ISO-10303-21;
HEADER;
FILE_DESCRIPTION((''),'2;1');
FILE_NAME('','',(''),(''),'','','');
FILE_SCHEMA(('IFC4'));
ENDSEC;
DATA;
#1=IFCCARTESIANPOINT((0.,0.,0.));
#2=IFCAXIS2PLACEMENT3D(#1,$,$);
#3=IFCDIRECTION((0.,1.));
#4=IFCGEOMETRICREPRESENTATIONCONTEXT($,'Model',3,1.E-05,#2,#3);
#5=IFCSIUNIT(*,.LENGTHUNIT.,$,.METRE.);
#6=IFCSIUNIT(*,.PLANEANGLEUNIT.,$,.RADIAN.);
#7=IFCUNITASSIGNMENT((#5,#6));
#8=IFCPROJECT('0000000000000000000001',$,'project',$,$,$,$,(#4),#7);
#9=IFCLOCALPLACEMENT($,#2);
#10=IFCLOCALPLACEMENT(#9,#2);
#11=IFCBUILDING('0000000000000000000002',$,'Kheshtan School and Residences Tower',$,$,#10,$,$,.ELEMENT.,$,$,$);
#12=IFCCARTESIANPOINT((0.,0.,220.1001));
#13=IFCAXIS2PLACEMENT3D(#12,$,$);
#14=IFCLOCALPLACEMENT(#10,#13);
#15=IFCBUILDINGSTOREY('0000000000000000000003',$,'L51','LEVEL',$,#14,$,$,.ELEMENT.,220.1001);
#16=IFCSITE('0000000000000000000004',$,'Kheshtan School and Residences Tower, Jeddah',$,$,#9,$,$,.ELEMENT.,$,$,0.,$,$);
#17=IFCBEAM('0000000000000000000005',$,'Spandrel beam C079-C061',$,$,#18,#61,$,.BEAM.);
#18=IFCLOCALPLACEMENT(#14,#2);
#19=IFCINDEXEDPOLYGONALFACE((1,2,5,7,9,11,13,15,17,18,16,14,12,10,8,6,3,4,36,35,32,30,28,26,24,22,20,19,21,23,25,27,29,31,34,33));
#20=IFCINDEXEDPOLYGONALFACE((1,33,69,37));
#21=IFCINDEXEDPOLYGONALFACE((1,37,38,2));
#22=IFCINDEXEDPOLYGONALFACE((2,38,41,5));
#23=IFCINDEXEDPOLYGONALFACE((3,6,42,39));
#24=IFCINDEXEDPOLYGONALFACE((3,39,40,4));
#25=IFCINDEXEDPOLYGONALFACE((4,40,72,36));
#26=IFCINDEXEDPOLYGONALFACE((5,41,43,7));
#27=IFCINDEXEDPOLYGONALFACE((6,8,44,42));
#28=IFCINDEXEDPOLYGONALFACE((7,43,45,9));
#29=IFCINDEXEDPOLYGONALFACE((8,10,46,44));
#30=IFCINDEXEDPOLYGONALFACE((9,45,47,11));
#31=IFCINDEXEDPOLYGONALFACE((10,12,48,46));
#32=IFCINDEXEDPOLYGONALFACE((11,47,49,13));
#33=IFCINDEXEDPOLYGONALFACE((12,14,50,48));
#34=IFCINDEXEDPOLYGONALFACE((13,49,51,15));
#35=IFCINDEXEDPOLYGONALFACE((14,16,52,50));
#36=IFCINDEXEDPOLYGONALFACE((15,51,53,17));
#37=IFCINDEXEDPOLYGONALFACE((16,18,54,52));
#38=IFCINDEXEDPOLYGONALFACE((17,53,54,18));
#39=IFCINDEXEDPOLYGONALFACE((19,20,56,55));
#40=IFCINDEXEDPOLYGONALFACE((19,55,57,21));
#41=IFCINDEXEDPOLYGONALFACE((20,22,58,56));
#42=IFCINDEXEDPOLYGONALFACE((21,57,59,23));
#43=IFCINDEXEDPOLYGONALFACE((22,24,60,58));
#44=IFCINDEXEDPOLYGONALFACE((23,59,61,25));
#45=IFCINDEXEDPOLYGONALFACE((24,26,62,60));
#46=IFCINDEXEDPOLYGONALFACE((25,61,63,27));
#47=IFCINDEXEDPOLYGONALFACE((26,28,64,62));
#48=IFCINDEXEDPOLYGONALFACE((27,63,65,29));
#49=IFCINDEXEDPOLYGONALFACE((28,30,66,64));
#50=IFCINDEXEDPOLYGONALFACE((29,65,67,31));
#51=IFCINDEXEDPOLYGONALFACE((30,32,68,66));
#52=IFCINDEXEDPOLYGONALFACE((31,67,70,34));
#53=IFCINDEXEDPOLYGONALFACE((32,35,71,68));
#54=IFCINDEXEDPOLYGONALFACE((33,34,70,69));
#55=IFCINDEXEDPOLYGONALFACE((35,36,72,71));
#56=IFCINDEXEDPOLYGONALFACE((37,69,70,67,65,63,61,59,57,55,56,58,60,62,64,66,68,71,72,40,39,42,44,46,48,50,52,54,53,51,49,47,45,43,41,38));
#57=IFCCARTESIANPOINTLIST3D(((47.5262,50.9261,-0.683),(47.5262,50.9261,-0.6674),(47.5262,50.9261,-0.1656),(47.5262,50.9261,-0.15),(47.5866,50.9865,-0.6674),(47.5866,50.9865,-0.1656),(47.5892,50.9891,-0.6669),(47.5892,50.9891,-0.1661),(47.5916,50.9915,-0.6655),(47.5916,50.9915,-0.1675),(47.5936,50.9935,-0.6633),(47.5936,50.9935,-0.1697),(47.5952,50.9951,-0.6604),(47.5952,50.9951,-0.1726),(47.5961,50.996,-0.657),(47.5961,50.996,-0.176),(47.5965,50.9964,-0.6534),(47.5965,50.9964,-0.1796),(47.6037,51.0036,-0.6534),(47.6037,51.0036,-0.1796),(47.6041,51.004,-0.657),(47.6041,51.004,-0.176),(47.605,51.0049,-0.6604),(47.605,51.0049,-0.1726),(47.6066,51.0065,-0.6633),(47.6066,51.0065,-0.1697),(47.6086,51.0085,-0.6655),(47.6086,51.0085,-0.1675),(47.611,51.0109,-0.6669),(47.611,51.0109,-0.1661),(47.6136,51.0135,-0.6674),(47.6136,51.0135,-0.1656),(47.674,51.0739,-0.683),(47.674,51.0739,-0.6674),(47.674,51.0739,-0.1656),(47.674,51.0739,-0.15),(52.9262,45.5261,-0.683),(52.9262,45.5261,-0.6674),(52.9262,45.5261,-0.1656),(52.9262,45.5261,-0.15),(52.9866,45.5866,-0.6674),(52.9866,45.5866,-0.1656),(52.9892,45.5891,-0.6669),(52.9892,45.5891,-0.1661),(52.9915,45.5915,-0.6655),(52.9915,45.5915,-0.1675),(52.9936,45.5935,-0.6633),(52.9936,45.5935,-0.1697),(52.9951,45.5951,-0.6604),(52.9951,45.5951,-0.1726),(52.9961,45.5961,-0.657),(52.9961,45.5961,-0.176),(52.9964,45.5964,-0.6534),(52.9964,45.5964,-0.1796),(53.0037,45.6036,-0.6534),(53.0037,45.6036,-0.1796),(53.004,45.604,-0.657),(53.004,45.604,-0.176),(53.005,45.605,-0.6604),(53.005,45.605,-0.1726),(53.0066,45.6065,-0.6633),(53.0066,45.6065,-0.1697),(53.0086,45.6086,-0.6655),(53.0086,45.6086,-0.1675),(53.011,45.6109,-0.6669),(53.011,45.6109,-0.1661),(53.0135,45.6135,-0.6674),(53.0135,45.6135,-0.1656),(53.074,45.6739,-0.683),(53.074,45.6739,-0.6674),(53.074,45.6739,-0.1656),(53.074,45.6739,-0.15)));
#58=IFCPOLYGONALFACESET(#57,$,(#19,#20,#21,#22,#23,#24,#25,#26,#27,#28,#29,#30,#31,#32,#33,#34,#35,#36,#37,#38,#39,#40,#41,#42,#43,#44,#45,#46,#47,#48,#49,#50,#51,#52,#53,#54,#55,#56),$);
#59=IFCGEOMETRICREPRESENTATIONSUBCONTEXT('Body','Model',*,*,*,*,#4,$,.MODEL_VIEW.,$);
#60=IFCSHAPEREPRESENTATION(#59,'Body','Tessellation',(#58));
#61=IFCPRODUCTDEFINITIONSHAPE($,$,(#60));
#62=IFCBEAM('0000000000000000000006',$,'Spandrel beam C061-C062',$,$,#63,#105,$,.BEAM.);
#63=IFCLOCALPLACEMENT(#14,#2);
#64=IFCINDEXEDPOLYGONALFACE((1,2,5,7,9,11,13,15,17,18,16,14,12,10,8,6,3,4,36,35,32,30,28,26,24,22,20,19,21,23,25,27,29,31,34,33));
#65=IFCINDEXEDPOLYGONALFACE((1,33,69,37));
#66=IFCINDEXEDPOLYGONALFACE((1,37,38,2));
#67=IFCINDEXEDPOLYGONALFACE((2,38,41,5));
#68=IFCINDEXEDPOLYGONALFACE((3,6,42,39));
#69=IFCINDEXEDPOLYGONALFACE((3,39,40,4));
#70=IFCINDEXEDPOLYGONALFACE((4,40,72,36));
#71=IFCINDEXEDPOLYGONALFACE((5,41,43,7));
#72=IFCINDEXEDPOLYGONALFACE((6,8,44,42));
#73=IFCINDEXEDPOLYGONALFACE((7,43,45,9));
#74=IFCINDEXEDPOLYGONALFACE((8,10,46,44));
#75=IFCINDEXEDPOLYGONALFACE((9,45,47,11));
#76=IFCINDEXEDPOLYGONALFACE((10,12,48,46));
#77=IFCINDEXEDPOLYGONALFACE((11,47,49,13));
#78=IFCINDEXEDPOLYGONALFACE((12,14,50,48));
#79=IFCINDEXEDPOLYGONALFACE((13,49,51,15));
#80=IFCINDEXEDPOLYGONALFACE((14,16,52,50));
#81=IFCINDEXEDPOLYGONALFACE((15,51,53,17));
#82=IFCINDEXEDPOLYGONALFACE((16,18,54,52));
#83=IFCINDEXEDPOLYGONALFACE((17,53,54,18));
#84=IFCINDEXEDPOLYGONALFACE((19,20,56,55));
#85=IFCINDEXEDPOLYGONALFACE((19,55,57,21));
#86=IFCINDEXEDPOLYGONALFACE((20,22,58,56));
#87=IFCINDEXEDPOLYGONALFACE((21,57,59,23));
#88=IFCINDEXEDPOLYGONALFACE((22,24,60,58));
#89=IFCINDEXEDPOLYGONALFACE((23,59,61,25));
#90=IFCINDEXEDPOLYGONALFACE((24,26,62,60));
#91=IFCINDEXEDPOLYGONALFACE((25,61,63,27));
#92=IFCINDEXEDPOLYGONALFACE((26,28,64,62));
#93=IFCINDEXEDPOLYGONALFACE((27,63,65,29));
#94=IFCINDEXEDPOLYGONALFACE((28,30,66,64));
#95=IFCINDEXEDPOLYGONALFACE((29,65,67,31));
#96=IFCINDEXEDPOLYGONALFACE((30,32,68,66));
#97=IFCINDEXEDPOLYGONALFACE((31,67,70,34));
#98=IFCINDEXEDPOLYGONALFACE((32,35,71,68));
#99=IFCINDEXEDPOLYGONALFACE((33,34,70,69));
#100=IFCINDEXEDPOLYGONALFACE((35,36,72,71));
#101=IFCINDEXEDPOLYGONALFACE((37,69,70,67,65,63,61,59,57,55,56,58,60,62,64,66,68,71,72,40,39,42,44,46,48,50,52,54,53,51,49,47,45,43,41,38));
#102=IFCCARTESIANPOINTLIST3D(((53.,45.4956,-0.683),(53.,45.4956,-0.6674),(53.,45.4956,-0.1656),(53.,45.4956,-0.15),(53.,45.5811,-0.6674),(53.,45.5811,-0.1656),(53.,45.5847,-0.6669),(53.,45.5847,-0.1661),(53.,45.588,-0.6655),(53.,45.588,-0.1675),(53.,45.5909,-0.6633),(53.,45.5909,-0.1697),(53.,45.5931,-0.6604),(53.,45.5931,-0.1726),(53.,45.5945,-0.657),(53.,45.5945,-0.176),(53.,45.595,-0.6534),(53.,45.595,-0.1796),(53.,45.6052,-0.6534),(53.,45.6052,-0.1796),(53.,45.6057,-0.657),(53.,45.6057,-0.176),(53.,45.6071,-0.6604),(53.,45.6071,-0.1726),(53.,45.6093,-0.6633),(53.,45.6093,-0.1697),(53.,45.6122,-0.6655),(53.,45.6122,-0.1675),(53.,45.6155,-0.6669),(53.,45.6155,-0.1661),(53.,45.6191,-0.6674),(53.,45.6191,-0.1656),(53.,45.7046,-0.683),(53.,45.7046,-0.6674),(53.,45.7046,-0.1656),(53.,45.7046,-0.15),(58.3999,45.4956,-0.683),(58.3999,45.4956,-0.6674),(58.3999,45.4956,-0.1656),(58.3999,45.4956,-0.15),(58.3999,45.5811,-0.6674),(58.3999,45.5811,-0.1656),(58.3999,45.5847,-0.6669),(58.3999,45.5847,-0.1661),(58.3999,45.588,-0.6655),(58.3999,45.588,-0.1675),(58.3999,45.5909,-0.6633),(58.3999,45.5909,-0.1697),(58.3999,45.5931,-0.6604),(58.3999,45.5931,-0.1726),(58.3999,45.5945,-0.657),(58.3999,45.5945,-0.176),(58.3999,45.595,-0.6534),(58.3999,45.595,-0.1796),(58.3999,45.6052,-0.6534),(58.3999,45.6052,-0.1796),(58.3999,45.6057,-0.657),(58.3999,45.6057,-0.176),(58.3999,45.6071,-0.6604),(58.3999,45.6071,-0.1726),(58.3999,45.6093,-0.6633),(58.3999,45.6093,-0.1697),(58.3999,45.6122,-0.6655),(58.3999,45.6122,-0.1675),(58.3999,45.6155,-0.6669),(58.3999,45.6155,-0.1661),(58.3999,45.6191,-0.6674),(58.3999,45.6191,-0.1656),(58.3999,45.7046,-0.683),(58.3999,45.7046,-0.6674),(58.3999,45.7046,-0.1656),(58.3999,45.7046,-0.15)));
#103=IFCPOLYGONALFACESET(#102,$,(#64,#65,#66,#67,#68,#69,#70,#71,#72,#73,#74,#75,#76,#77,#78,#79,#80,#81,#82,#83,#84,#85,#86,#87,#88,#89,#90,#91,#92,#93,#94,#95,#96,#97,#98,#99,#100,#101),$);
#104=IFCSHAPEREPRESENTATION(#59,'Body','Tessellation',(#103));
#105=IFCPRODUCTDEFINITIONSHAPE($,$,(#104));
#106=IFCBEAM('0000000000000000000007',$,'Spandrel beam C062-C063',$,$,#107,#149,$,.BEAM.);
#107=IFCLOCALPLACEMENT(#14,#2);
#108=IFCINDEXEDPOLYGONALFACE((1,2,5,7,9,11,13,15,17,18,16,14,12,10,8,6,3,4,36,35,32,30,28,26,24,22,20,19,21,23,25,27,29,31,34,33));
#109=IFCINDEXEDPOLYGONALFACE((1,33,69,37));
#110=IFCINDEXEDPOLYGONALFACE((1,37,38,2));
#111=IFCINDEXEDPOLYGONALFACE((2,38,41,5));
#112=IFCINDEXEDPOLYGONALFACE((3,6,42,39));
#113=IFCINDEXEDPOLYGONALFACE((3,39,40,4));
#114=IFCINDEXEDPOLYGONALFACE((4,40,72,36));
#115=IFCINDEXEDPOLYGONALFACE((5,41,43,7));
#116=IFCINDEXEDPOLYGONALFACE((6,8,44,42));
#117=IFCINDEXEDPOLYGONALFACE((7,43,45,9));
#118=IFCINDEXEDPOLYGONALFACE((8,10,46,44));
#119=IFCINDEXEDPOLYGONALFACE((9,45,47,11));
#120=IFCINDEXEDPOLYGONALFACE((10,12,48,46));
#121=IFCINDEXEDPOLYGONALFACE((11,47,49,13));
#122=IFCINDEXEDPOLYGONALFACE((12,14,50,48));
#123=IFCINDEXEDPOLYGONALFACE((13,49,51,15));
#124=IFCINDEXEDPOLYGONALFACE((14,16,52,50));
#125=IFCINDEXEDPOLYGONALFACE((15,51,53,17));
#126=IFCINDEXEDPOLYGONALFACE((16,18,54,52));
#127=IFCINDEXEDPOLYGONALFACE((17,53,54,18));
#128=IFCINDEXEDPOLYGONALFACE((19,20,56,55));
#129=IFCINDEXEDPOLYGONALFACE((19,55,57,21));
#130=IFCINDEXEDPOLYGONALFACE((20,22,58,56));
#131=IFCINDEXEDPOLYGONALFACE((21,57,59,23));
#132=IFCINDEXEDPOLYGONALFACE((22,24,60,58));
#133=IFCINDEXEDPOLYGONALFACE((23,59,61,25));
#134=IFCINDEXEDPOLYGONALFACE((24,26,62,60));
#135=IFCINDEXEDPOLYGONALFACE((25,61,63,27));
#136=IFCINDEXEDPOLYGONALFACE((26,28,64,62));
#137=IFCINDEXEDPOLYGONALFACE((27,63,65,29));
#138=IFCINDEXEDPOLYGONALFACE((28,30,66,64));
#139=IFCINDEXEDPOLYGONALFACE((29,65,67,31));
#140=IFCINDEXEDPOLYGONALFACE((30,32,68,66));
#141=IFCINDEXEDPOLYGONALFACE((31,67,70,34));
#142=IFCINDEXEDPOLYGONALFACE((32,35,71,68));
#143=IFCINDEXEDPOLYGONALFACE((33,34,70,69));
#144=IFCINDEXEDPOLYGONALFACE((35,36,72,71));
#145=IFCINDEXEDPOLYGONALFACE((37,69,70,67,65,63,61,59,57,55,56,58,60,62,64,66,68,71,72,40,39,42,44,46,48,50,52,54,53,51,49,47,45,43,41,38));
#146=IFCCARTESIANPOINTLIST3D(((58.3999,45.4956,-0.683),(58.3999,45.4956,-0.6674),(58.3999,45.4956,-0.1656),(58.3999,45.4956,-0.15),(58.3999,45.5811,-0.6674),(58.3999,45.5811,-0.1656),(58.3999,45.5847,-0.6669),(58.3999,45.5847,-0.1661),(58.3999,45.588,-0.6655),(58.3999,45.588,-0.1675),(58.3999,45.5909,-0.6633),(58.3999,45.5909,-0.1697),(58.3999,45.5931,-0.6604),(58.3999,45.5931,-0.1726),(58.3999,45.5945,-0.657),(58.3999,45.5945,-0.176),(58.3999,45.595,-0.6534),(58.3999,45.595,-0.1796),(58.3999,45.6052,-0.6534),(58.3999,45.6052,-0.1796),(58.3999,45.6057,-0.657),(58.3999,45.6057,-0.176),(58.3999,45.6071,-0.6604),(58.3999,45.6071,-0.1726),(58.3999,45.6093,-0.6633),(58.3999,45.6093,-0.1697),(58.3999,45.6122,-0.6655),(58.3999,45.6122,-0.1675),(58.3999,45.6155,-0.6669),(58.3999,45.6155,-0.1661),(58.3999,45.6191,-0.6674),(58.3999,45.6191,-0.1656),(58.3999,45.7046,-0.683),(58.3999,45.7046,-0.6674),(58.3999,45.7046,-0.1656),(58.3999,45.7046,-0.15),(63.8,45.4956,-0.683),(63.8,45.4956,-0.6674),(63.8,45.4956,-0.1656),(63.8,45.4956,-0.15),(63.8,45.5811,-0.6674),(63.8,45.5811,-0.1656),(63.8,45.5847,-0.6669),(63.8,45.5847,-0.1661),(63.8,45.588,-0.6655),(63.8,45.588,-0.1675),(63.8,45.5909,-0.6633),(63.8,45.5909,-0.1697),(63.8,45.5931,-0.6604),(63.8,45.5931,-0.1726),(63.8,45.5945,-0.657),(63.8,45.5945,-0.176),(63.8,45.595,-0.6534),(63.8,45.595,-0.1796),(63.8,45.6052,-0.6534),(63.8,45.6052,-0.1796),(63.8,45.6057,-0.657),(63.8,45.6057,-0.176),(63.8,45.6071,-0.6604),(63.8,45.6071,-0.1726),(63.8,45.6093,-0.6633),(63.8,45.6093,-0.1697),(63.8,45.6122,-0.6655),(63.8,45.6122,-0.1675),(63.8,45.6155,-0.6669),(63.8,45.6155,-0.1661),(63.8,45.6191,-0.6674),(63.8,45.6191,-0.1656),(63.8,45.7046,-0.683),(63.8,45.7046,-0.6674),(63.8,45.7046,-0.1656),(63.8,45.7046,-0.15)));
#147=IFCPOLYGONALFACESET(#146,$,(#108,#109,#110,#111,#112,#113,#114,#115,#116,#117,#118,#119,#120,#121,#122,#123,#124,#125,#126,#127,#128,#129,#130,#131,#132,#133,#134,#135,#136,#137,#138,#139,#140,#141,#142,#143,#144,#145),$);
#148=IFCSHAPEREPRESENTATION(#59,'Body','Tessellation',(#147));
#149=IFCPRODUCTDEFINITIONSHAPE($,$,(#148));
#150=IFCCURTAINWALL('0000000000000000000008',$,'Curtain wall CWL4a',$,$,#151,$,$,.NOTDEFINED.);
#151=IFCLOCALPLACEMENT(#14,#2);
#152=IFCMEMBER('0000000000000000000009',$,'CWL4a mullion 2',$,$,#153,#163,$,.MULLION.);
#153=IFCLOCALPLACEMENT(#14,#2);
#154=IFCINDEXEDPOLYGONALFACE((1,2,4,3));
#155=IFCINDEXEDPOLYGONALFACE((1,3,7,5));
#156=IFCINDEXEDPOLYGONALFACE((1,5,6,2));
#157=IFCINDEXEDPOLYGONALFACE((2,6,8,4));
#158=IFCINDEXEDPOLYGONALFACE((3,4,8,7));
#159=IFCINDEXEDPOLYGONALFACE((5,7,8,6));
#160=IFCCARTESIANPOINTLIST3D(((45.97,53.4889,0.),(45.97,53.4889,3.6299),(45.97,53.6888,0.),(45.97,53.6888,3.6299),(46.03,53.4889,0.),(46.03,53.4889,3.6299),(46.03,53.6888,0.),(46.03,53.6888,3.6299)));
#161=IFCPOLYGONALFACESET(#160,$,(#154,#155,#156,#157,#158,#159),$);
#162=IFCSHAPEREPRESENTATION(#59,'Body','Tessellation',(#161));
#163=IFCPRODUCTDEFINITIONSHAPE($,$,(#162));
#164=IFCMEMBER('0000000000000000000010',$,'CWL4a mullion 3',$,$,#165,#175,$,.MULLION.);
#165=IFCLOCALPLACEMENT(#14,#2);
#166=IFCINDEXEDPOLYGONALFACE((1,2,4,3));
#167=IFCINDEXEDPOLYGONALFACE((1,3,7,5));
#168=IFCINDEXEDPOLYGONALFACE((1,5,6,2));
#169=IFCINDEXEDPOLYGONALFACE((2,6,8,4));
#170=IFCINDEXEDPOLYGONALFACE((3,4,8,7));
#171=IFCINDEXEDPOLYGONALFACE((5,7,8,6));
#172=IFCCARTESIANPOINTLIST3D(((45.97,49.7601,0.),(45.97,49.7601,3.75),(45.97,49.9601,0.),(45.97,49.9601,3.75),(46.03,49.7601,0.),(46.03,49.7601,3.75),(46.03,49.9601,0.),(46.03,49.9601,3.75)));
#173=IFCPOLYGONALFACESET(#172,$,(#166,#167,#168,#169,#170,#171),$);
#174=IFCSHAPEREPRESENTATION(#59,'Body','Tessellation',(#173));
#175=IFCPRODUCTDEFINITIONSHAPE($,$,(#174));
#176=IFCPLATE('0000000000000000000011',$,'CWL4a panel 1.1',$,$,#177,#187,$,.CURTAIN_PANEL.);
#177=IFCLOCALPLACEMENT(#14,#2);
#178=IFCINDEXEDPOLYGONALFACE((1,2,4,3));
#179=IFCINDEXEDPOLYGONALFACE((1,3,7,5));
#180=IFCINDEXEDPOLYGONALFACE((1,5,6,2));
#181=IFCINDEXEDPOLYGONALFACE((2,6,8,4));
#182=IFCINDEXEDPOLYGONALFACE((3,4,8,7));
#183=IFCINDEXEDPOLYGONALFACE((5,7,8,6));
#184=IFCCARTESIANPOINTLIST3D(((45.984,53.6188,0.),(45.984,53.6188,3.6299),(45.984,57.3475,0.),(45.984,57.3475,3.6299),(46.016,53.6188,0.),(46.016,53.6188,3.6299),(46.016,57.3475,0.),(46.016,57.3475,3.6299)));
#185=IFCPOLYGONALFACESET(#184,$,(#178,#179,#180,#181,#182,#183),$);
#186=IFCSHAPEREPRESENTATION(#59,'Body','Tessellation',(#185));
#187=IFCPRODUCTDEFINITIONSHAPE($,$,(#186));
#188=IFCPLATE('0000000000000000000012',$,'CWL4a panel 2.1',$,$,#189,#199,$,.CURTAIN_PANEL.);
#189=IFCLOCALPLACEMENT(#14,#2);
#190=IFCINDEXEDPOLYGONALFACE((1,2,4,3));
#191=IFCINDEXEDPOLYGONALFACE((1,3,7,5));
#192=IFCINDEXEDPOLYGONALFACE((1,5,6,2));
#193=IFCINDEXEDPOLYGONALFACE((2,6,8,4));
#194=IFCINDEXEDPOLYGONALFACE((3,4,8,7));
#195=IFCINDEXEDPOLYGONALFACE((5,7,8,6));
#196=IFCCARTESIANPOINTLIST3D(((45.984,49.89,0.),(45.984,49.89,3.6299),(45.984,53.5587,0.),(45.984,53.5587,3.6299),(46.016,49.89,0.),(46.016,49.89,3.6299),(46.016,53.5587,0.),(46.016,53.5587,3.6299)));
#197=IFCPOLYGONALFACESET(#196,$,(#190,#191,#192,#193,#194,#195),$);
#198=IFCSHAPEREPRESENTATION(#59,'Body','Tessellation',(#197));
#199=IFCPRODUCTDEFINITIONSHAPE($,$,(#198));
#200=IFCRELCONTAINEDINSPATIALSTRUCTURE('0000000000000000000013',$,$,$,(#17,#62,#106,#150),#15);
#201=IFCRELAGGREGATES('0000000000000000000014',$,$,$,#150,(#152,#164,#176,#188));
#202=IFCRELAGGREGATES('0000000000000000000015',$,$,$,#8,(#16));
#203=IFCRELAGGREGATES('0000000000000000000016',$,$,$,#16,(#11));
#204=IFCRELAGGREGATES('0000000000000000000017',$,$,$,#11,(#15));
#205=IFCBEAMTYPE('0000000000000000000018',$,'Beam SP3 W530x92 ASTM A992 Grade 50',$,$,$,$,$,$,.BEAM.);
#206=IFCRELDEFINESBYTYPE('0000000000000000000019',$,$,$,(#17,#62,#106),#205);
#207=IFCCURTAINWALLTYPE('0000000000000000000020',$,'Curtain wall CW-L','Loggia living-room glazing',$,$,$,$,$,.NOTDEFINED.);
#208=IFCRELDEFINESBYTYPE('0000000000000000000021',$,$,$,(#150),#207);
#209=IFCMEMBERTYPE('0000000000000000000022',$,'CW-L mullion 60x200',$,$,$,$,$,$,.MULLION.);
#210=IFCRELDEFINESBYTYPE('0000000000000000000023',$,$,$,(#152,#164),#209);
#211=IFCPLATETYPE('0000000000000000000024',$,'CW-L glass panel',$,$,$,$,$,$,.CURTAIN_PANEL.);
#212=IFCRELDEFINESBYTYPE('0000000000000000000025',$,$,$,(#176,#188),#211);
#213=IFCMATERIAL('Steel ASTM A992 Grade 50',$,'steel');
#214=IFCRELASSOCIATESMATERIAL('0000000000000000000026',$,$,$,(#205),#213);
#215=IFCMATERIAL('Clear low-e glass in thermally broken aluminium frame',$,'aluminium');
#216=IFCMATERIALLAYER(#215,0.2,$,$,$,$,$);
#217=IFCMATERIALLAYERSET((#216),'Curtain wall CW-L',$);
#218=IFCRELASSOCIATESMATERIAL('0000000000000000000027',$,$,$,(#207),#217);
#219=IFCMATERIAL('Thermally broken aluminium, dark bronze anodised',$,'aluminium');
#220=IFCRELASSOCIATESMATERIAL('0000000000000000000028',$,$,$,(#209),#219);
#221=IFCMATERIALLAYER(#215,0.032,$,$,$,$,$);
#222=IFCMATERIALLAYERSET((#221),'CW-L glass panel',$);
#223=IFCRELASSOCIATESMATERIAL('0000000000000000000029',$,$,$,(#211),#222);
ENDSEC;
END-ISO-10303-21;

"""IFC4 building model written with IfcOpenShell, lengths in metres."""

from ifc_helpers import new_model, si_unit, direction, frame, origin, origin_2d, place, context, subcontext, project, spatial, rectangle, i_section, extrude, material, layer, layer_set, material_profile, profile_set, type_object, element, aggregate, save


model = new_model("IFC4")

# Units and contexts
model_context = context("Model", 3, precision=1e-05, world=origin(), true_north=direction((0.0, 1.0)))
body_context = subcontext(model_context, "Body", "Model", "MODEL_VIEW")
ifc_project = project(units=[si_unit("LENGTHUNIT", "METRE"), si_unit("PLANEANGLEUNIT", "RADIAN")], contexts=[model_context])

# Site, building, storey
site_placement = place(None, origin())
site = spatial("IfcSite", under=ifc_project, at=site_placement, Name="Kheshtan School and Residences Tower, Jeddah", CompositionType="ELEMENT", RefElevation=0.0)
building_placement = place(site_placement, origin())
building = spatial("IfcBuilding", under=site, at=building_placement, Name="Kheshtan School and Residences Tower", CompositionType="ELEMENT")
storey_placement = place(building_placement, frame((0.0, 0.0, 220.1001)))
storey = spatial("IfcBuildingStorey", under=building, at=storey_placement, Name="L51", Description="LEVEL", CompositionType="ELEMENT", Elevation=220.1001)

# Shared definitions
ifc_material_1 = material(Name="Steel ASTM A992 Grade 50", Category="steel")

# Beams
ifc_material_profile_1 = material_profile(ifc_material_1, i_section(OverallWidth=0.209, OverallDepth=0.533, WebThickness=0.0103, FlangeThickness=0.0156, FilletRadius=0.0139, at=origin_2d()), Name="W530x92")
ifc_profile_set_1 = profile_set([ifc_material_profile_1], Name="Steel ASTM A992 Grade 50")
beam_type_1 = type_object("IfcBeamType", Name="Beam SP3 W530x92 ASTM A992 Grade 50", PredefinedType="BEAM", material=ifc_profile_set_1)
beam_1_placement = place(storey_placement, frame((47.6001, 51.0, -0.4165), z_axis=(0.707107, -0.707107, 0.0), x_axis=(0.707107, 0.707107, 0.0)))
element("IfcBeam", 1, at=beam_1_placement, inside=storey, type_object=beam_type_1, Name="Spandrel beam C079-C061", PredefinedType="BEAM", context=body_context, shape_type="SweptSolid", body=[
    extrude(i_section(OverallWidth=0.209, OverallDepth=0.533, WebThickness=0.0103, FlangeThickness=0.0156, FilletRadius=0.0139, at=origin_2d()), origin(), (0.0, 0.0, 1.0), 7.6367),
])
beam_2_placement = place(storey_placement, frame((53.0, 45.6001, -0.4165), z_axis=(1.0, 0.0, 0.0), x_axis=(0.0, 1.0, 0.0)))
element("IfcBeam", 2, at=beam_2_placement, inside=storey, type_object=beam_type_1, Name="Spandrel beam C061-C062", PredefinedType="BEAM", context=body_context, shape_type="SweptSolid", body=[
    extrude(i_section(OverallWidth=0.209, OverallDepth=0.533, WebThickness=0.0103, FlangeThickness=0.0156, FilletRadius=0.0139, at=origin_2d()), origin(), (0.0, 0.0, 1.0), 5.3999),
])
beam_3_placement = place(storey_placement, frame((58.3999, 45.6001, -0.4165), z_axis=(1.0, 0.0, 0.0), x_axis=(0.0, 1.0, 0.0)))
element("IfcBeam", 3, at=beam_3_placement, inside=storey, type_object=beam_type_1, Name="Spandrel beam C062-C063", PredefinedType="BEAM", context=body_context, shape_type="SweptSolid", body=[
    extrude(i_section(OverallWidth=0.209, OverallDepth=0.533, WebThickness=0.0103, FlangeThickness=0.0156, FilletRadius=0.0139, at=origin_2d()), origin(), (0.0, 0.0, 1.0), 5.4001),
])

# Curtain wall, members, plates
ifc_material_2 = material(Name="Clear low-e glass in thermally broken aluminium frame", Category="aluminium")
ifc_layer_1 = layer(ifc_material_2, 0.2)
ifc_layer_set_1 = layer_set([ifc_layer_1], Name="Curtain wall CW-L")
curtain_wall_type = type_object("IfcCurtainWallType", Name="Curtain wall CW-L", Description="Loggia living-room glazing", PredefinedType="NOTDEFINED", material=ifc_layer_set_1)
curtain_wall_1_placement = place(storey_placement, origin())
curtain_wall_1 = element("IfcCurtainWall", 4, at=curtain_wall_1_placement, inside=storey, type_object=curtain_wall_type, Name="Curtain wall CWL4a", PredefinedType="NOTDEFINED")
ifc_material_3 = material(Name="Thermally broken aluminium, dark bronze anodised", Category="aluminium")
ifc_material_profile_2 = material_profile(ifc_material_3, rectangle(XDim=0.0601, YDim=0.2, at=origin_2d()), Name="CW-L mullion 60x200")
ifc_profile_set_2 = profile_set([ifc_material_profile_2], Name="Thermally broken aluminium, dark bronze anodised")
member_type = type_object("IfcMemberType", Name="CW-L mullion 60x200", PredefinedType="MULLION", material=ifc_profile_set_2)
member_1_placement = place(storey_placement, frame((46.0, 53.5889, 0.0), z_axis=(0.0, 0.0, 1.0), x_axis=(1.0, 0.0, 0.0)))
member_1 = element("IfcMember", 5, at=member_1_placement, type_object=member_type, Name="CWL4a mullion 2", PredefinedType="MULLION", context=body_context, shape_type="SweptSolid", body=[
    extrude(rectangle(XDim=0.0601, YDim=0.2, at=origin_2d()), origin(), (0.0, 0.0, 1.0), 3.6299),
])
member_2_placement = place(storey_placement, frame((46.0, 49.8601, 0.0), z_axis=(0.0, 0.0, 1.0), x_axis=(1.0, 0.0, 0.0)))
member_2 = element("IfcMember", 6, at=member_2_placement, type_object=member_type, Name="CWL4a mullion 3", PredefinedType="MULLION", context=body_context, shape_type="SweptSolid", body=[
    extrude(rectangle(XDim=0.0601, YDim=0.2, at=origin_2d()), origin(), (0.0, 0.0, 1.0), 3.75),
])
ifc_layer_2 = layer(ifc_material_2, 0.032)
ifc_layer_set_2 = layer_set([ifc_layer_2], Name="CW-L glass panel")
plate_type = type_object("IfcPlateType", Name="CW-L glass panel", PredefinedType="CURTAIN_PANEL", material=ifc_layer_set_2)
plate_1_placement = place(storey_placement, frame((46.0, 55.4832, 0.0), z_axis=(0.0, 0.0, 1.0), x_axis=(0.0, -1.0, 0.0)))
plate_1 = element("IfcPlate", 7, at=plate_1_placement, type_object=plate_type, Name="CWL4a panel 1.1", PredefinedType="CURTAIN_PANEL", context=body_context, shape_type="SweptSolid", body=[
    extrude(rectangle(XDim=3.7288, YDim=0.032, at=origin_2d()), origin(), (0.0, 0.0, 1.0), 3.6299),
])
plate_2_placement = place(storey_placement, frame((46.0, 51.7244, 0.0), z_axis=(0.0, 0.0, 1.0), x_axis=(0.0, -1.0, 0.0)))
plate_2 = element("IfcPlate", 8, at=plate_2_placement, type_object=plate_type, Name="CWL4a panel 2.1", PredefinedType="CURTAIN_PANEL", context=body_context, shape_type="SweptSolid", body=[
    extrude(rectangle(XDim=3.6687, YDim=0.032, at=origin_2d()), origin(), (0.0, 0.0, 1.0), 3.6299),
])
aggregate(curtain_wall_1, [member_1, member_2, plate_1, plate_2])

save(model, "model.ifc")
